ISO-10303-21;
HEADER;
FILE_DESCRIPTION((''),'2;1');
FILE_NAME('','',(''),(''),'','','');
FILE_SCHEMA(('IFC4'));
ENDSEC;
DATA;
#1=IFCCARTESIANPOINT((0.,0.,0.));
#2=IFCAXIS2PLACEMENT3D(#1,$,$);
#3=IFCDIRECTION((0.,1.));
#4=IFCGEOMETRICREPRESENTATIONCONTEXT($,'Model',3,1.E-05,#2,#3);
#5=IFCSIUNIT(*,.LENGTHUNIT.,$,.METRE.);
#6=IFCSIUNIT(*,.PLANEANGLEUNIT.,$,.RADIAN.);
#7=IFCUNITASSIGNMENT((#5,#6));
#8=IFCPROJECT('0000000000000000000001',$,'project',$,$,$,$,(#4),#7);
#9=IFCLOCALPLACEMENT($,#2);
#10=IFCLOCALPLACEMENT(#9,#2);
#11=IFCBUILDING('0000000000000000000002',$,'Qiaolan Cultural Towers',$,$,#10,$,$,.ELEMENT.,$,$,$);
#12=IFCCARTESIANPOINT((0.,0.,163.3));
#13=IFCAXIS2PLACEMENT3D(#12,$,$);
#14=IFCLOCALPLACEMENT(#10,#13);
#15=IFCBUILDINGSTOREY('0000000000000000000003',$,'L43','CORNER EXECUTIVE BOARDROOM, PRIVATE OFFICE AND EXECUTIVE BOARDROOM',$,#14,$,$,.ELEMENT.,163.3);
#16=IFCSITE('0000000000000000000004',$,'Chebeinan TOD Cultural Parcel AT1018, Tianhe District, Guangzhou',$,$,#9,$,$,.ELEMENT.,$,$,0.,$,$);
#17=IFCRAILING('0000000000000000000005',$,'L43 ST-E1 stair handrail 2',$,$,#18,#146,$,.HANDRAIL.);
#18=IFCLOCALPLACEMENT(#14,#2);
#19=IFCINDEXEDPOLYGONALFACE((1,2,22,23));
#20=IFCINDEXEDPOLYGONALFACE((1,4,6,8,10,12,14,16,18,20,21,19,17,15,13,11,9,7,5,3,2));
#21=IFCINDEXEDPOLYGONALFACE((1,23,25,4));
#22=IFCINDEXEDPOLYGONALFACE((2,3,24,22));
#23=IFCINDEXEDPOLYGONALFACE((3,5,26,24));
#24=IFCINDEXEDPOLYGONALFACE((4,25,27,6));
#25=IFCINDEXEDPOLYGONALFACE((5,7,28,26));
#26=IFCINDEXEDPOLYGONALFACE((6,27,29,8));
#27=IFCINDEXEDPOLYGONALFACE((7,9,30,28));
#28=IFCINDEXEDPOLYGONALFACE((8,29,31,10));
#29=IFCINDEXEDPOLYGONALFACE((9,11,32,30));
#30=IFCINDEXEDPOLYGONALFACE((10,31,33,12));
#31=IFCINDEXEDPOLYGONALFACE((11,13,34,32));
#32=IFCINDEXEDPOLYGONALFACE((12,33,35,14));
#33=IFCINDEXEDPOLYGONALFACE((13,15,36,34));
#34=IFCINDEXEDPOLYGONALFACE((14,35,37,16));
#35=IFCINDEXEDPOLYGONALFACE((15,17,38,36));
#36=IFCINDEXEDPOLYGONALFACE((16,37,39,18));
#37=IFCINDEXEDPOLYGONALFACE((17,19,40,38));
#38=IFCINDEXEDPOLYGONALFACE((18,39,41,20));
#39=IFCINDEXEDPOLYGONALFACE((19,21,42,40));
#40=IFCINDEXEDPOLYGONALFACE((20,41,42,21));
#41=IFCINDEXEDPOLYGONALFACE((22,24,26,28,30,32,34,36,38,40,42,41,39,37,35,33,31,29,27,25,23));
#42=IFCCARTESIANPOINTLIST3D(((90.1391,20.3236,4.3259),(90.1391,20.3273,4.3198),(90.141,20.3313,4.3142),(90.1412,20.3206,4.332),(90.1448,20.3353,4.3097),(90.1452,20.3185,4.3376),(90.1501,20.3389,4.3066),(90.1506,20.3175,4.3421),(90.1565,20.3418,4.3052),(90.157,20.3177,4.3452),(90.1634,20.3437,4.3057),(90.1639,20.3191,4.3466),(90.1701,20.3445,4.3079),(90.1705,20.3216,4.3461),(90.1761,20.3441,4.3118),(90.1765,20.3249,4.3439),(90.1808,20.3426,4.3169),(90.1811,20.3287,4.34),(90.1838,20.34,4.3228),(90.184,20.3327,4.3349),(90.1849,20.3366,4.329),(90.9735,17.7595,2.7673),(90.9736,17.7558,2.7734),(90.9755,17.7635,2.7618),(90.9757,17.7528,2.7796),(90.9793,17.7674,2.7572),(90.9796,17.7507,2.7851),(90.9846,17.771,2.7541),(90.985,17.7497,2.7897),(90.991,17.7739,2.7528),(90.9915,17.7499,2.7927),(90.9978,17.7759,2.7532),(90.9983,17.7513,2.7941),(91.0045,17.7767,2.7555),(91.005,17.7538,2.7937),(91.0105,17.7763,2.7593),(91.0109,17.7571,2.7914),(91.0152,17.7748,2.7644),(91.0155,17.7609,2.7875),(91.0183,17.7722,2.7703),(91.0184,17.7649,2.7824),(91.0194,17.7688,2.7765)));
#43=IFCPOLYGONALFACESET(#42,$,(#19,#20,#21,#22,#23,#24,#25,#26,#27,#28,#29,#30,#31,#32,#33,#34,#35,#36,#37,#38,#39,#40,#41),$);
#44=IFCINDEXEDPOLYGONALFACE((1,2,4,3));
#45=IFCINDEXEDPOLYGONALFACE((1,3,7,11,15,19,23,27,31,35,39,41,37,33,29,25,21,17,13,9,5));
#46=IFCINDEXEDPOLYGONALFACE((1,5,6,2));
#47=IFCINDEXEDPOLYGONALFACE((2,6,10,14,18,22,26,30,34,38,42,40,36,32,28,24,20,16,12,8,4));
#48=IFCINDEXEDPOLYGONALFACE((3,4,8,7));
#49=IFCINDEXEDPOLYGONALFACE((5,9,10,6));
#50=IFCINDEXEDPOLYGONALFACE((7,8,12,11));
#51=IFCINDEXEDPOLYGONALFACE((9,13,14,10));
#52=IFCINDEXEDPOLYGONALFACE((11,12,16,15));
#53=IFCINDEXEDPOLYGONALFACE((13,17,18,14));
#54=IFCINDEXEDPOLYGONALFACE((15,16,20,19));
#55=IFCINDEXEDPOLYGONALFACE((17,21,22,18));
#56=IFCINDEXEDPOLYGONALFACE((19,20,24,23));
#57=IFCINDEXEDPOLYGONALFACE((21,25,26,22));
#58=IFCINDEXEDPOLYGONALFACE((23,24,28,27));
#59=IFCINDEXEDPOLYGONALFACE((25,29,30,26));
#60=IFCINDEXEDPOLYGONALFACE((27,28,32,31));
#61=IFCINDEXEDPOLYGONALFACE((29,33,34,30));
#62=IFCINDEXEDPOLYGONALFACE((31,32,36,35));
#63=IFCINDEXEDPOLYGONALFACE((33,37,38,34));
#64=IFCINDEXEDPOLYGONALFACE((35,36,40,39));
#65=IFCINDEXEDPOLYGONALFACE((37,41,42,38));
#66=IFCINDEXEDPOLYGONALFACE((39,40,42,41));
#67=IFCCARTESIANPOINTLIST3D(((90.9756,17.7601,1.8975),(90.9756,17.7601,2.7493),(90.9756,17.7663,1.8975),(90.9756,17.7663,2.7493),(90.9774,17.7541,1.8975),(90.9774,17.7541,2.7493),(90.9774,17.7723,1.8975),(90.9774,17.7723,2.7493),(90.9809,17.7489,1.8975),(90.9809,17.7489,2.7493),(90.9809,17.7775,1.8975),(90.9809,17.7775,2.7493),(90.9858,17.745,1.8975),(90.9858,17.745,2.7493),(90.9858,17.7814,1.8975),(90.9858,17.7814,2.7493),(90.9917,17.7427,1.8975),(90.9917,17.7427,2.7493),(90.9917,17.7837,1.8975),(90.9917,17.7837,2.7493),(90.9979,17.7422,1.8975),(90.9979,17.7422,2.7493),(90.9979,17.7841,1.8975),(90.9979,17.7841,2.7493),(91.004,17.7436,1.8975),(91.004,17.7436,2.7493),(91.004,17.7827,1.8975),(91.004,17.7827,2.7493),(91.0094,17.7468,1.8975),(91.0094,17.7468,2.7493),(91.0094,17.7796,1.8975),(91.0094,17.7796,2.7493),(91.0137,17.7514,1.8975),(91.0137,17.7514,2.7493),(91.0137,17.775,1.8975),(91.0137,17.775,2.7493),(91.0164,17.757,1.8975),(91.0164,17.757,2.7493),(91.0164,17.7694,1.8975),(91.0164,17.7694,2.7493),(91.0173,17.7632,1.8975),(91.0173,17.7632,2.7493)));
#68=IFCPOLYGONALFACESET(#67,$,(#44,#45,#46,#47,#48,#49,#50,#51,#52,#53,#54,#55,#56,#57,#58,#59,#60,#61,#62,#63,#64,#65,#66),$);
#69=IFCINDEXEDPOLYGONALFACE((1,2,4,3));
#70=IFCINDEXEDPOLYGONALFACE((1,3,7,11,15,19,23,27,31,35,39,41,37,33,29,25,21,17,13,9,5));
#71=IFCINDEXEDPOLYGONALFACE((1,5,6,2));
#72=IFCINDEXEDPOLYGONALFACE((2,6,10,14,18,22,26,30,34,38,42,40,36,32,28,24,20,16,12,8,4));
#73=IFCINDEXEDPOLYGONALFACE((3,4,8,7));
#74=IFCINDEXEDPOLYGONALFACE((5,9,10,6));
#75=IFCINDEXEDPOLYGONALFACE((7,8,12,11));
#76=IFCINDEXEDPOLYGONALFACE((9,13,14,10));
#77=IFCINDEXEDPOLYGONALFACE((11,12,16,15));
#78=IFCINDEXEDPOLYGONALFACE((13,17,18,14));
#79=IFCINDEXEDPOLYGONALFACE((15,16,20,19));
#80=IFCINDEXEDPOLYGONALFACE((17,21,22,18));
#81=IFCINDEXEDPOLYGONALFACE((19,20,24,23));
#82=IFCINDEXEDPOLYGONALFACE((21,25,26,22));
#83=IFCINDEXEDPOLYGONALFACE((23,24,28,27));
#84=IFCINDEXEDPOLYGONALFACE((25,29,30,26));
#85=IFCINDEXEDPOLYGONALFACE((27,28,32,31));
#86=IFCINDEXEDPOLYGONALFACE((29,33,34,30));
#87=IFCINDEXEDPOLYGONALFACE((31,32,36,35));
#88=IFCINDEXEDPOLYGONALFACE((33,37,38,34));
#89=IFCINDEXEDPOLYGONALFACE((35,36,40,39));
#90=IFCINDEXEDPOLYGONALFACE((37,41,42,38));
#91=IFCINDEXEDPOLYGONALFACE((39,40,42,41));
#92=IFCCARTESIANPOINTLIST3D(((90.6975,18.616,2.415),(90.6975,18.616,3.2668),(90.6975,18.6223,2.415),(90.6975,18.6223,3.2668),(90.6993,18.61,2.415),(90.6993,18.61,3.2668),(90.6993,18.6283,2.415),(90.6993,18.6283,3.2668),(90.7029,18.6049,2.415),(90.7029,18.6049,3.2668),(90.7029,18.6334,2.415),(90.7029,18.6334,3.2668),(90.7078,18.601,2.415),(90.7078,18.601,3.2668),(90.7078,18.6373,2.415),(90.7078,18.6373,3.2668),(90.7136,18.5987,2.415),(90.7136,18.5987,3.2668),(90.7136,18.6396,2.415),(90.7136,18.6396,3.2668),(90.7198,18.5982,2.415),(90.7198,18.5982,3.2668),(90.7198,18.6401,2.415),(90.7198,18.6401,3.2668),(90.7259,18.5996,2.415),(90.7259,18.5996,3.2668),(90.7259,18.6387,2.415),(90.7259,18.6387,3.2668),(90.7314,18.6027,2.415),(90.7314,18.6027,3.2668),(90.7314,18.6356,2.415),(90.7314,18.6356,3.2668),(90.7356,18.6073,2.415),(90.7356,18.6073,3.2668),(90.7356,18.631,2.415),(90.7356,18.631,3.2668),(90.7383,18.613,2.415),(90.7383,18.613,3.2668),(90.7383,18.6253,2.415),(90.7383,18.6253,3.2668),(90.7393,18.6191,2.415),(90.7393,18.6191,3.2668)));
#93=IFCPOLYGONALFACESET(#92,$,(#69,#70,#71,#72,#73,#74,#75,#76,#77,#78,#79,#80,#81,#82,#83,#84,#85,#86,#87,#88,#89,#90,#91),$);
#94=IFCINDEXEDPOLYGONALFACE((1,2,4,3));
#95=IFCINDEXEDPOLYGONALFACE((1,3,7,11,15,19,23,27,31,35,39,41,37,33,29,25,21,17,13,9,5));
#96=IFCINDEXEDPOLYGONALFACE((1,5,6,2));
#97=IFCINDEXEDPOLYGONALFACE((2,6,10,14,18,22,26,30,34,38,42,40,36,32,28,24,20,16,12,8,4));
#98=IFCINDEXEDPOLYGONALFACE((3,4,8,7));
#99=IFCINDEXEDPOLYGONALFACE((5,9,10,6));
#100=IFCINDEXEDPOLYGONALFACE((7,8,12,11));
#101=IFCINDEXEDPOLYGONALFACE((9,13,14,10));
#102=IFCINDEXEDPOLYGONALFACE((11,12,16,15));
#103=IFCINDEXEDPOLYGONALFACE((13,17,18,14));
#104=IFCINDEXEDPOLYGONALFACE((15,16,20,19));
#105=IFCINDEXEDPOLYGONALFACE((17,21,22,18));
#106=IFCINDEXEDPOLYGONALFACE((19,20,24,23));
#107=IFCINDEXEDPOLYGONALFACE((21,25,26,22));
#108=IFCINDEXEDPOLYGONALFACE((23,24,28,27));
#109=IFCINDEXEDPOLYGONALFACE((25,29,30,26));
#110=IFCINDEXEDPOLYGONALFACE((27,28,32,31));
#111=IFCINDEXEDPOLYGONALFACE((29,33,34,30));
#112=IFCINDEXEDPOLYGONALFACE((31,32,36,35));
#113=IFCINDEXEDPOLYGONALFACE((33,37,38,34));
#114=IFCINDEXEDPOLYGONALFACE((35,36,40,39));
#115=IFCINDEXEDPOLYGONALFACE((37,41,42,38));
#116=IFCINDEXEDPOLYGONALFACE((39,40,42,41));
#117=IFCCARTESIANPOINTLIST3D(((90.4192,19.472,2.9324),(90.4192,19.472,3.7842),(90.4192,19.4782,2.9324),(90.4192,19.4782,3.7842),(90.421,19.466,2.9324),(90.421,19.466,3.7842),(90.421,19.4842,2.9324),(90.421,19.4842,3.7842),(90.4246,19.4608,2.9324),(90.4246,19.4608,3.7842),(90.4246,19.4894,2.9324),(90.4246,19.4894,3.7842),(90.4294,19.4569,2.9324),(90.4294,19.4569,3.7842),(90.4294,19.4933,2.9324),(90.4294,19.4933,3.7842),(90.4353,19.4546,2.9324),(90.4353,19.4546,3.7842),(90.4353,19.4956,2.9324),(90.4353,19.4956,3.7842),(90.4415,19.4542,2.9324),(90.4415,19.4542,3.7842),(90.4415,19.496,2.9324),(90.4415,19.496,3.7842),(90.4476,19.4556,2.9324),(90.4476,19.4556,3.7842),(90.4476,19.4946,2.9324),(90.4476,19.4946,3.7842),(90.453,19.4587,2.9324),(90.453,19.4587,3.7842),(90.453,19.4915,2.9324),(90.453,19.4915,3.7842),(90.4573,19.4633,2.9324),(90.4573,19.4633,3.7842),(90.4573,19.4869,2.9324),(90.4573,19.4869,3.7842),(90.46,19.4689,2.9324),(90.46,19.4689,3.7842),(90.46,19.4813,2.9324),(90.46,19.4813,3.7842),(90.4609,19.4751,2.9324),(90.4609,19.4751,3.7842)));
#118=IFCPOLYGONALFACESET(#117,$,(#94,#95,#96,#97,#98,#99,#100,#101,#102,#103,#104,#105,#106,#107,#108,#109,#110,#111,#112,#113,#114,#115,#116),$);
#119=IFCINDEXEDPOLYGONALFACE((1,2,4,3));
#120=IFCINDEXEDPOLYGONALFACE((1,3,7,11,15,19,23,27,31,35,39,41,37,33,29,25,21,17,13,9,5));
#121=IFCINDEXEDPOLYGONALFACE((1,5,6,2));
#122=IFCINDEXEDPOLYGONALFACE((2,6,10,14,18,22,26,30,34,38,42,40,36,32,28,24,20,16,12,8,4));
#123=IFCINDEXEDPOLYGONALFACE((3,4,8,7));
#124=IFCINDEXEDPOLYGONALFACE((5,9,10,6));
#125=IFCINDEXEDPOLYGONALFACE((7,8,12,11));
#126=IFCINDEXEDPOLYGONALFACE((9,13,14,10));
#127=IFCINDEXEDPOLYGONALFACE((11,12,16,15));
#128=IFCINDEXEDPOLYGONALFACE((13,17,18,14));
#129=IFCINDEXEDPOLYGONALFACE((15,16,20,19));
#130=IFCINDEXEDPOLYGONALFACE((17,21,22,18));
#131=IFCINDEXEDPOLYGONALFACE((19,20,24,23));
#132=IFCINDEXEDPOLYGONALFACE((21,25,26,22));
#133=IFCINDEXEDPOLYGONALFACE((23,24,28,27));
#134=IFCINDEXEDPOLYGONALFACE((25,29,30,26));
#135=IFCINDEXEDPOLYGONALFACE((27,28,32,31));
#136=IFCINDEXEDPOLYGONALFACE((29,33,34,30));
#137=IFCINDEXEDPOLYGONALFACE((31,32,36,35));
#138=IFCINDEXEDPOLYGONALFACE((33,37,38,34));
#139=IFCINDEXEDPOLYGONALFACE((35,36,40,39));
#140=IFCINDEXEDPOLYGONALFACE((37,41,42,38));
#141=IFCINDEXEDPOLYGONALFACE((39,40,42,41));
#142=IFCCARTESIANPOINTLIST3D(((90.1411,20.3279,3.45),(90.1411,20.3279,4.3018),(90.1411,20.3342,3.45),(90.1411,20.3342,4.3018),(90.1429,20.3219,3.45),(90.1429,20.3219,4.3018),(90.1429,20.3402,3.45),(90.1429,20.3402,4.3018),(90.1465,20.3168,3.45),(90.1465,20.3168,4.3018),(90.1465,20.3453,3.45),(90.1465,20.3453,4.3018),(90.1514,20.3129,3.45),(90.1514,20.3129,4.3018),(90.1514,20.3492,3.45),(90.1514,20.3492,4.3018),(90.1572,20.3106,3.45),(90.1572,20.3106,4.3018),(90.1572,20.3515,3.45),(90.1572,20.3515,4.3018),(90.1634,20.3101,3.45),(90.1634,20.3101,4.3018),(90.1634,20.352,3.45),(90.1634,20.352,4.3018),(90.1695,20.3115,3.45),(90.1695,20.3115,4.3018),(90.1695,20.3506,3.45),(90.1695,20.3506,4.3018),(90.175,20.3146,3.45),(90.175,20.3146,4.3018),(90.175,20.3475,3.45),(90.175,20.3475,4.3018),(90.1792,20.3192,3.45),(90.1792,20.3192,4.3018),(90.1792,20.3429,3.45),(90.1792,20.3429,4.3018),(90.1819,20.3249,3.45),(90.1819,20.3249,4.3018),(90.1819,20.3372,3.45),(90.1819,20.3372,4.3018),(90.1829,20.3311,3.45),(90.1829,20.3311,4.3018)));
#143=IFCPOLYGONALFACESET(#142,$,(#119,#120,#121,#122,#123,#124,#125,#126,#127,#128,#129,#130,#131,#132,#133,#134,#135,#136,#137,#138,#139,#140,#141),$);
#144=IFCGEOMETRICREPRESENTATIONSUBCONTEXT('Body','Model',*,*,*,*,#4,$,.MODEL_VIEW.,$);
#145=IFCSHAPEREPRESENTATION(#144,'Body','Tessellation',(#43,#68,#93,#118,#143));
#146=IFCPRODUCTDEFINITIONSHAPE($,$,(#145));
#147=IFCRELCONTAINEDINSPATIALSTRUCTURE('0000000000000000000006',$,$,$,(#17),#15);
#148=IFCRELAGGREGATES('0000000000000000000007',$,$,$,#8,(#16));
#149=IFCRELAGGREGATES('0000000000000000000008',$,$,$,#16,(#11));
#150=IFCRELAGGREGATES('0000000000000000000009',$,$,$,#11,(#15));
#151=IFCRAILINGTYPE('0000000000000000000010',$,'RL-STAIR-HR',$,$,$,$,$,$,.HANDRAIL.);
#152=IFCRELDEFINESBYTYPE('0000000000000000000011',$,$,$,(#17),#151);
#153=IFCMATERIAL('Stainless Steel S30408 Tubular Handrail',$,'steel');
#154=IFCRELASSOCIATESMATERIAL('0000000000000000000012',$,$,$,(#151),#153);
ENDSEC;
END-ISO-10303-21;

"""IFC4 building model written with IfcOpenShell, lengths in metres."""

from ifc_helpers import new_model, si_unit, direction, frame, origin, origin_2d, place, context, subcontext, project, spatial, circle, extrude, material, type_object, element, save


model = new_model("IFC4")

# Units and contexts
model_context = context("Model", 3, precision=1e-05, world=origin(), true_north=direction((0.0, 1.0)))
body_context = subcontext(model_context, "Body", "Model", "MODEL_VIEW")
ifc_project = project(units=[si_unit("LENGTHUNIT", "METRE"), si_unit("PLANEANGLEUNIT", "RADIAN")], contexts=[model_context])

# Site, building, storey
site_placement = place(None, origin())
site = spatial("IfcSite", under=ifc_project, at=site_placement, Name="Chebeinan TOD Cultural Parcel AT1018, Tianhe District, Guangzhou", CompositionType="ELEMENT", RefElevation=0.0)
building_placement = place(site_placement, origin())
building = spatial("IfcBuilding", under=site, at=building_placement, Name="Qiaolan Cultural Towers", CompositionType="ELEMENT")
storey_placement = place(building_placement, frame((0.0, 0.0, 163.3)))
storey = spatial("IfcBuildingStorey", under=building, at=storey_placement, Name="L43", Description="CORNER EXECUTIVE BOARDROOM, PRIVATE OFFICE AND EXECUTIVE BOARDROOM", CompositionType="ELEMENT", Elevation=163.3)

# Railing
ifc_material_1 = material(Name="Stainless Steel S30408 Tubular Handrail", Category="steel")
railing_type_1 = type_object("IfcRailingType", Name="RL-STAIR-HR", PredefinedType="HANDRAIL", material=ifc_material_1)
railing_1_placement = place(storey_placement, frame((90.9963, 17.7632, 1.8975)))
element("IfcRailing", 1, at=railing_1_placement, inside=storey, type_object=railing_type_1, Name="L43 ST-E1 stair handrail 2", PredefinedType="HANDRAIL", context=body_context, shape_type="SweptSolid", body=[
    extrude(circle(Radius=0.0239, at=origin_2d()), frame((0.0, 0.0, 0.876), z_axis=(-0.267926, 0.824471, 0.498461), x_axis=(-0.951043, -0.309057, 0.0)), (0.0, 0.0, 1.0), 3.1145),
    extrude(circle(Radius=0.021, at=origin_2d()), origin(), (0.0, 0.0, 1.0), 0.8518),
    extrude(circle(Radius=0.021, at=origin_2d()), frame((-0.2781, 0.856, 0.5176)), (0.0, 0.0, 1.0), 0.8518),
    extrude(circle(Radius=0.021, at=origin_2d()), frame((-0.5564, 1.7119, 1.0349)), (0.0, 0.0, 1.0), 0.8518),
    extrude(circle(Radius=0.021, at=origin_2d()), frame((-0.8345, 2.5679, 1.5525)), (0.0, 0.0, 1.0), 0.8518),
])

save(model, "model.ifc")
